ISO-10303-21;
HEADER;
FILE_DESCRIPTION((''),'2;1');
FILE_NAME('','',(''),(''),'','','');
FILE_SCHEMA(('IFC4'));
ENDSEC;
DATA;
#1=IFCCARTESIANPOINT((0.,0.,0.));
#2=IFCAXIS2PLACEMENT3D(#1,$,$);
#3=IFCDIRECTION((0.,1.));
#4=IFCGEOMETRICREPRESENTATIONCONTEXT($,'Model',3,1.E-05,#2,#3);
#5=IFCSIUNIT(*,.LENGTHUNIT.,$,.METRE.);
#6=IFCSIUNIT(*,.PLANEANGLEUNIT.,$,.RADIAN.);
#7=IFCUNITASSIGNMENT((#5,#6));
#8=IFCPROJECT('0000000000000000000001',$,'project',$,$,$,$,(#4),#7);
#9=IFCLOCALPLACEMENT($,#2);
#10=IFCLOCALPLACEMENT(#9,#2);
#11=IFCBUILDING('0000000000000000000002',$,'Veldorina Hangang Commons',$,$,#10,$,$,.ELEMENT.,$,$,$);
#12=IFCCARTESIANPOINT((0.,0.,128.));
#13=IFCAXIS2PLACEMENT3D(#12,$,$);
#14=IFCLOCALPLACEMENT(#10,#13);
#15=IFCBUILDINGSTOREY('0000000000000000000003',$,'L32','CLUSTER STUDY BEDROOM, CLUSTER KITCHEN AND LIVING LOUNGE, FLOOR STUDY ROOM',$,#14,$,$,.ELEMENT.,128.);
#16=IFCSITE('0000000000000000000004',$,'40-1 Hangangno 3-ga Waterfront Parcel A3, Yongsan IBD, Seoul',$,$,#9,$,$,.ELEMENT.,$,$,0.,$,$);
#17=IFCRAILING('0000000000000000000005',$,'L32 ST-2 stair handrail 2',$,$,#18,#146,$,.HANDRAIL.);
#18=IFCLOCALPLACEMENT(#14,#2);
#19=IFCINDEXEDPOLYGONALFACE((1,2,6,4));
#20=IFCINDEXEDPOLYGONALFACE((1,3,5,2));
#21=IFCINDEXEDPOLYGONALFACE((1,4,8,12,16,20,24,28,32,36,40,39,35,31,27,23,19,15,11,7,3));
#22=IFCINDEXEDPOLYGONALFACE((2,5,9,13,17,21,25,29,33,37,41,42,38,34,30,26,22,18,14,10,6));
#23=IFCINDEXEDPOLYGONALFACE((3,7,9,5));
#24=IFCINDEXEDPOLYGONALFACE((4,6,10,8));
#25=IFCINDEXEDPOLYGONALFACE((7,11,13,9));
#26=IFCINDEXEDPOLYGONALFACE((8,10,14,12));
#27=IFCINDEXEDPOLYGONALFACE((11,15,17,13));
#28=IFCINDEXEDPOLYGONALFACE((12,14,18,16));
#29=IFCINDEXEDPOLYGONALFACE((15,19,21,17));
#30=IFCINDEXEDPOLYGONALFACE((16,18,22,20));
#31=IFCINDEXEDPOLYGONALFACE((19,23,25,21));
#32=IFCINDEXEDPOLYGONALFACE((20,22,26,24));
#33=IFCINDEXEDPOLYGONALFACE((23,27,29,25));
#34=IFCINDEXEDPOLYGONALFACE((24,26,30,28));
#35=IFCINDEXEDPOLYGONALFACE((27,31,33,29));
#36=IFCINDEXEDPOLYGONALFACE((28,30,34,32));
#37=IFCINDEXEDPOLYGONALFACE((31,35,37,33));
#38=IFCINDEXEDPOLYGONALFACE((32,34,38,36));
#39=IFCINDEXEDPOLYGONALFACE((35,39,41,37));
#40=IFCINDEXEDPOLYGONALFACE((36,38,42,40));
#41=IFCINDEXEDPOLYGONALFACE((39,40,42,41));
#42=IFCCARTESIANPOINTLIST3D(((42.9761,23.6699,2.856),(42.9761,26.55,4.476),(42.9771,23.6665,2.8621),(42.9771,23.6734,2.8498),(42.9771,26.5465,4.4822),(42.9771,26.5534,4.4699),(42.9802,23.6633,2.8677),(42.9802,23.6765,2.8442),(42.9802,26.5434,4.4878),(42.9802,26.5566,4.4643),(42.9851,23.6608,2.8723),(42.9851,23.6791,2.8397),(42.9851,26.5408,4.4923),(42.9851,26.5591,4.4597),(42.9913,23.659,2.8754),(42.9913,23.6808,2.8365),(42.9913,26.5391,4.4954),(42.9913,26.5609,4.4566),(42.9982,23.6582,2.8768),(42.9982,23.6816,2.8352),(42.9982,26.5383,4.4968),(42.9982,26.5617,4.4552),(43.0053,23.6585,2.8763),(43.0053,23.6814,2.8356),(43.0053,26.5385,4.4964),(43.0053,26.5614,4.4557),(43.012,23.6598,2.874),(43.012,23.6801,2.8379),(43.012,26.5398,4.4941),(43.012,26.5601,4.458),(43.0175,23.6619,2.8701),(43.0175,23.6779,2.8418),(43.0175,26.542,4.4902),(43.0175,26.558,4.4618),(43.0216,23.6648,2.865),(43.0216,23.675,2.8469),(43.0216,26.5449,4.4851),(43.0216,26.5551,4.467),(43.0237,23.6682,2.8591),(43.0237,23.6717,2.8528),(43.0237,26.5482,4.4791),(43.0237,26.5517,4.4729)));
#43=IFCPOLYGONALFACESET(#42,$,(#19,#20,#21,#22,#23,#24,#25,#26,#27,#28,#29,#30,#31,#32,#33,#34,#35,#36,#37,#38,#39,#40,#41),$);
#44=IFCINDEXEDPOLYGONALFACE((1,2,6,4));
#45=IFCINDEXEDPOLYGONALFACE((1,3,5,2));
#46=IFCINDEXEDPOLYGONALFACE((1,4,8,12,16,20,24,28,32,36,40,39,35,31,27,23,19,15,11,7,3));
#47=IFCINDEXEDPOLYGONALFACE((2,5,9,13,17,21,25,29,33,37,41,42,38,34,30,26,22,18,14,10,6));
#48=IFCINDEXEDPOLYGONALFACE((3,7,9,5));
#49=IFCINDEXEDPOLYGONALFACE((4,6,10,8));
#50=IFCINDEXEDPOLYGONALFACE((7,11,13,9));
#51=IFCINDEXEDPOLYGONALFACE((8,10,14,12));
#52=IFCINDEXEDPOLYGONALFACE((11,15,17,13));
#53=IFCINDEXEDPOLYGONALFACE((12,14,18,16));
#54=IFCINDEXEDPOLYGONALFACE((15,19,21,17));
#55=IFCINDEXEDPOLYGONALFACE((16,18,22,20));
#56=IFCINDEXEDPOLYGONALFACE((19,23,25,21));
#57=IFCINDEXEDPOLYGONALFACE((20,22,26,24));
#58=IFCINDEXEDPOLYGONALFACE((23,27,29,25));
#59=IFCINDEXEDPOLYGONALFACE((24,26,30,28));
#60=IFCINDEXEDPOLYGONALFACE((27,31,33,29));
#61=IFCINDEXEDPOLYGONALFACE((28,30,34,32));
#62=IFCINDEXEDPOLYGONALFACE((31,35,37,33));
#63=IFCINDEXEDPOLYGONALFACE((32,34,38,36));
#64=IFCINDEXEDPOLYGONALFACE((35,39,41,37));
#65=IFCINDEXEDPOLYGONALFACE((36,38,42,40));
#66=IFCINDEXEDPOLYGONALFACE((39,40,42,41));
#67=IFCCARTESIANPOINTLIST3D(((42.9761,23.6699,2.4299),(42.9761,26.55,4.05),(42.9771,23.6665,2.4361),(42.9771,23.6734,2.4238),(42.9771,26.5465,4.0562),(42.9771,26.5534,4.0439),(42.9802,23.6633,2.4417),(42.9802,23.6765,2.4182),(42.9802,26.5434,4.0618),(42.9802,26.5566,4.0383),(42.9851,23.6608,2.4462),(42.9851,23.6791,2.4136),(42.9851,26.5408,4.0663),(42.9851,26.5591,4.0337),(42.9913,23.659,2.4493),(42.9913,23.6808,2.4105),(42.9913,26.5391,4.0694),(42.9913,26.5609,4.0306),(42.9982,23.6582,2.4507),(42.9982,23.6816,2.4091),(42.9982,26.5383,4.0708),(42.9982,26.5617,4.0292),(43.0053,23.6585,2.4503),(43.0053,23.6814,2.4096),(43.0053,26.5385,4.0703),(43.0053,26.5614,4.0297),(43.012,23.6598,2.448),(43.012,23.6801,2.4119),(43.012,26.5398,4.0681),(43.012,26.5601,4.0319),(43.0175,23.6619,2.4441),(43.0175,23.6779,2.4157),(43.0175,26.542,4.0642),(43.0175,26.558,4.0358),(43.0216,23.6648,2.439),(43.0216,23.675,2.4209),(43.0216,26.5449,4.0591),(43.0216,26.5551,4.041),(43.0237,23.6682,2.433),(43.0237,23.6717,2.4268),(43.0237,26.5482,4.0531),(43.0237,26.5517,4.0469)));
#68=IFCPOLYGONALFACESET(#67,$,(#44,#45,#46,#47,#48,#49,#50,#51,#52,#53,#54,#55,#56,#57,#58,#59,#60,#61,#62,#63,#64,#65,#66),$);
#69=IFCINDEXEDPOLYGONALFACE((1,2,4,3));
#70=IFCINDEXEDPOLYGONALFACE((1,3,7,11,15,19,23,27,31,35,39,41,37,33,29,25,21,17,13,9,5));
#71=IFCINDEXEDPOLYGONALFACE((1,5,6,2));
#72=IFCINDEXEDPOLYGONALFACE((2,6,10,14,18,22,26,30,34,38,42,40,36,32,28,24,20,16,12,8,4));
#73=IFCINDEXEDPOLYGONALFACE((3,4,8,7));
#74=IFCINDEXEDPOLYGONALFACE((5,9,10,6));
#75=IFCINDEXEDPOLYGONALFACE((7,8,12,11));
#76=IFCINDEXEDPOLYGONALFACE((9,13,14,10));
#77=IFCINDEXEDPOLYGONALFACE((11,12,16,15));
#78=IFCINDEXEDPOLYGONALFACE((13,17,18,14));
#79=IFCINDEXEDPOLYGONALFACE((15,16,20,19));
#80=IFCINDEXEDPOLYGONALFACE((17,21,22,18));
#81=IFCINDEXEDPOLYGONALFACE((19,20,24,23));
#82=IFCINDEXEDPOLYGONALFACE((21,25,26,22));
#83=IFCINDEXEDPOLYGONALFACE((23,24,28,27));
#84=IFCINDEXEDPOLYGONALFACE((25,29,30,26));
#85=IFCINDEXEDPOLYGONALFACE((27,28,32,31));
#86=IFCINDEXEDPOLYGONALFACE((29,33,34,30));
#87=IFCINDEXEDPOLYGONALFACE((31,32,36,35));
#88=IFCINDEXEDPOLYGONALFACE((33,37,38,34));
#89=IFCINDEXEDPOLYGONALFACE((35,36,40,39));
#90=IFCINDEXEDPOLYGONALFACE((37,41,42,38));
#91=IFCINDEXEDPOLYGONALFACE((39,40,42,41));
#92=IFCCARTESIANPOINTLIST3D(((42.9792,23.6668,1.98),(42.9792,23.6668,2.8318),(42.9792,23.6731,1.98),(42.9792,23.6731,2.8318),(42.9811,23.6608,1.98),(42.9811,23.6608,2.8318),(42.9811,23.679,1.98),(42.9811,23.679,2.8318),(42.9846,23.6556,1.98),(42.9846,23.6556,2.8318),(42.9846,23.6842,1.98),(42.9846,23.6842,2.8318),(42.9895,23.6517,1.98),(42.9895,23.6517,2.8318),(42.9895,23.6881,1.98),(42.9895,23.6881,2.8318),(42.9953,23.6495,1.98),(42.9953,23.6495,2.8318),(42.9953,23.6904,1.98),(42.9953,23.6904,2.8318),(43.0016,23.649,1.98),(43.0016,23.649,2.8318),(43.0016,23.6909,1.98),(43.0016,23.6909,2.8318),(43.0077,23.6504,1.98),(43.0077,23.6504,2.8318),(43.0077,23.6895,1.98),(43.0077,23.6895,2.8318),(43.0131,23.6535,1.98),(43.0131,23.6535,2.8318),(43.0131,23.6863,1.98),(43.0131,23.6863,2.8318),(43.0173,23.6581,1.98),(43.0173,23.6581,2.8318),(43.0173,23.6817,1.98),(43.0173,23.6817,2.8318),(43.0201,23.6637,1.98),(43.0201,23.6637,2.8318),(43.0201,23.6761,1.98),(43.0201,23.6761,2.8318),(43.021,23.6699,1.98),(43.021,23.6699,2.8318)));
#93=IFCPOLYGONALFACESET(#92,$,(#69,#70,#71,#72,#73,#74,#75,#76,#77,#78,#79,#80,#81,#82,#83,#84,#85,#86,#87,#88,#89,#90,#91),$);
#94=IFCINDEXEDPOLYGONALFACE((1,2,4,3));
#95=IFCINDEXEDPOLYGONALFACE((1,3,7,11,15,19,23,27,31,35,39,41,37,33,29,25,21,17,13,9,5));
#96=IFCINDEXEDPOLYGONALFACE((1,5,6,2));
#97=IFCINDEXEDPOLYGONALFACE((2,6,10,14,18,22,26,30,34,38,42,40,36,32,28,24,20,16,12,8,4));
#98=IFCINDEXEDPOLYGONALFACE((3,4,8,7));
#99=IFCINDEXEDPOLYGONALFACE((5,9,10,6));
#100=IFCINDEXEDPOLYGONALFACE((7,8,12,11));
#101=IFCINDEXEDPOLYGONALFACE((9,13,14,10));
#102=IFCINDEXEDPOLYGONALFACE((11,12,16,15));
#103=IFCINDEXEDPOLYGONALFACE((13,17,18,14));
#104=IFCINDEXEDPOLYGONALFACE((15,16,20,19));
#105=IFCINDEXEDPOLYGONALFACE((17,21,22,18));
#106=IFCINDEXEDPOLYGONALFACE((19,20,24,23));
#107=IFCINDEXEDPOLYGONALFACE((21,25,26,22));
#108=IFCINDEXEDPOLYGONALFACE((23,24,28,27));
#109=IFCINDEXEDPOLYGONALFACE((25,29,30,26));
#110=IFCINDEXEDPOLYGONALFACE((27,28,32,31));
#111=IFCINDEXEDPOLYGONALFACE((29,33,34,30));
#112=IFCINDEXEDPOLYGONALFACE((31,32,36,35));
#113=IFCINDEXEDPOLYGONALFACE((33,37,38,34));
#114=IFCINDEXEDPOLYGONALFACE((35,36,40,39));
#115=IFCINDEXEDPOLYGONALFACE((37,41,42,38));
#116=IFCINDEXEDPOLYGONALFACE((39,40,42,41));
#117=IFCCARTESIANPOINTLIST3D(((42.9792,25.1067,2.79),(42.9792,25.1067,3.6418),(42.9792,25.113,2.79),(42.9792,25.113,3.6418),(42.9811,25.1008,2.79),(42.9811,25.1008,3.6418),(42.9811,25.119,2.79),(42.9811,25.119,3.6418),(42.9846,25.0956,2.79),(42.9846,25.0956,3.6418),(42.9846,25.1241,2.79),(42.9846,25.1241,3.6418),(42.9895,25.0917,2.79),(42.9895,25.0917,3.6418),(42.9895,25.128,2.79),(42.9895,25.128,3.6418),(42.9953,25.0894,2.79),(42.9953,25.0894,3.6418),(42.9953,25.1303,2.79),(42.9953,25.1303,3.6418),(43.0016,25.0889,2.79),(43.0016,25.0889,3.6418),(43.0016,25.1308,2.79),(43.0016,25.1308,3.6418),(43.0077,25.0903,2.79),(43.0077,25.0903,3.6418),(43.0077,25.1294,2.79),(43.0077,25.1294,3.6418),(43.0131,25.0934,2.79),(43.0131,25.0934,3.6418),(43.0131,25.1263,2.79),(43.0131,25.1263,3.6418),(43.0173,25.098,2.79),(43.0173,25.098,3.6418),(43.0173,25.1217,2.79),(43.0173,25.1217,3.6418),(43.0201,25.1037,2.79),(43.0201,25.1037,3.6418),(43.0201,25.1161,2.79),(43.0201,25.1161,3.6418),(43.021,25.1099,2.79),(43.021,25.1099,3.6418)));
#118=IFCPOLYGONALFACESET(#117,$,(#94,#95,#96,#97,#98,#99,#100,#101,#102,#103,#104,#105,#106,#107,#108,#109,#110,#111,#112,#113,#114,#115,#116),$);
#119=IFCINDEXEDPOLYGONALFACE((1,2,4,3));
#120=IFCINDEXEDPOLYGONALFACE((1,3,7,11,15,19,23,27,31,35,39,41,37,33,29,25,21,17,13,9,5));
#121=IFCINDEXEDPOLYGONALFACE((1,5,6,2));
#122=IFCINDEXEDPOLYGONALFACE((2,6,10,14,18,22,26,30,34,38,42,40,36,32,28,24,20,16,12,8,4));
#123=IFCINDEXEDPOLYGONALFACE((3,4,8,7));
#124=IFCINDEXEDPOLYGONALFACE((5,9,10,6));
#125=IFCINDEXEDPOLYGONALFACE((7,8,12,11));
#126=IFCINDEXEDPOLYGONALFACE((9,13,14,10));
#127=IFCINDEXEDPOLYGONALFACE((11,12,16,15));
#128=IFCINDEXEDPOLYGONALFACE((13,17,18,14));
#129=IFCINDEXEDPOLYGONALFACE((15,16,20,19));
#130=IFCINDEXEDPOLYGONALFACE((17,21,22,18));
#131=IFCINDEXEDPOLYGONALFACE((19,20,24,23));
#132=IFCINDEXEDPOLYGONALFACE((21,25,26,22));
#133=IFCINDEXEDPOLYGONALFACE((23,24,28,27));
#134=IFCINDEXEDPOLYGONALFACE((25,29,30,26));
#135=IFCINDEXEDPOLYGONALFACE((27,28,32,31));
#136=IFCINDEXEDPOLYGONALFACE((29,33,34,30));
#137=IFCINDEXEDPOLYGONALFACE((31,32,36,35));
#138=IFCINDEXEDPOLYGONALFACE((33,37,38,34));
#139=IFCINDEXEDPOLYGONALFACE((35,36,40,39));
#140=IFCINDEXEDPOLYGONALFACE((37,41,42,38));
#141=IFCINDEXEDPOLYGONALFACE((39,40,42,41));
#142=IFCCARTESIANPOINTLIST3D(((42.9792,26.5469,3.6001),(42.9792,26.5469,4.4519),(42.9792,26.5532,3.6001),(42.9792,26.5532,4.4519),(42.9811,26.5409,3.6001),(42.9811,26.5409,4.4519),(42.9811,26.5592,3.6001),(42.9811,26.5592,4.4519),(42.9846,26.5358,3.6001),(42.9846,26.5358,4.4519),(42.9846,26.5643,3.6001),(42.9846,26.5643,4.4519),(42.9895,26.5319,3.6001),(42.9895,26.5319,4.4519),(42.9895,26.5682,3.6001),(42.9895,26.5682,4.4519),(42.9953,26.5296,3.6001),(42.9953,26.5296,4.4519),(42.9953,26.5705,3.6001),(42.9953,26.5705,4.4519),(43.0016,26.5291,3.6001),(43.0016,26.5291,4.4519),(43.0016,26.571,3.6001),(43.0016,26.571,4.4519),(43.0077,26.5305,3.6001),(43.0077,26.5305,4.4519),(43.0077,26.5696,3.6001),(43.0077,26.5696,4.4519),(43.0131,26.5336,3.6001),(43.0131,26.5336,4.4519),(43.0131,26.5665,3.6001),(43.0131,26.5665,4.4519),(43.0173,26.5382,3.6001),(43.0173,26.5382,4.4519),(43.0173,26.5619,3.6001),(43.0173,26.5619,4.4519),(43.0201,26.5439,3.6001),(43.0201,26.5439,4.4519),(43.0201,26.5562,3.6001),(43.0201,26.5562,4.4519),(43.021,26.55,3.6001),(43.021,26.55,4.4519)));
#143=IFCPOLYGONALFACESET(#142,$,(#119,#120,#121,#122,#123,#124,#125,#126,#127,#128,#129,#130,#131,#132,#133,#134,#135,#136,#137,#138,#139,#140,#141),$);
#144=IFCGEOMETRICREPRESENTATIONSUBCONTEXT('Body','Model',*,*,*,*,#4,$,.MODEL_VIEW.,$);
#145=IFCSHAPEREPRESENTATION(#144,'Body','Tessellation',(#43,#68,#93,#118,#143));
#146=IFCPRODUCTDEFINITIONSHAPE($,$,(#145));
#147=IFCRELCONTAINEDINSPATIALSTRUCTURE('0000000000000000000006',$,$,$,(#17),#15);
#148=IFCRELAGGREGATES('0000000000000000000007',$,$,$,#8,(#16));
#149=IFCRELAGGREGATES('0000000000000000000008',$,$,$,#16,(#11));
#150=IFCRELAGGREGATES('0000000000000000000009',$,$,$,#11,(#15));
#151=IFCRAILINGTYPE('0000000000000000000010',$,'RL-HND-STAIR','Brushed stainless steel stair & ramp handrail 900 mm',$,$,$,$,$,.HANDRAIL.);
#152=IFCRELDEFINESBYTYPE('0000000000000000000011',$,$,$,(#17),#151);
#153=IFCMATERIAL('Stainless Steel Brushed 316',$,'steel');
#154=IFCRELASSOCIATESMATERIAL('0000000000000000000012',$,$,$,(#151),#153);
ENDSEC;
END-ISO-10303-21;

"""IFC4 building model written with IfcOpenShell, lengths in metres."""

from ifc_helpers import new_model, si_unit, direction, frame, origin, origin_2d, place, context, subcontext, project, spatial, circle, extrude, material, type_object, element, save


model = new_model("IFC4")

# Units and contexts
model_context = context("Model", 3, precision=1e-05, world=origin(), true_north=direction((0.0, 1.0)))
body_context = subcontext(model_context, "Body", "Model", "MODEL_VIEW")
ifc_project = project(units=[si_unit("LENGTHUNIT", "METRE"), si_unit("PLANEANGLEUNIT", "RADIAN")], contexts=[model_context])

# Site, building, storey
site_placement = place(None, origin())
site = spatial("IfcSite", under=ifc_project, at=site_placement, Name="40-1 Hangangno 3-ga Waterfront Parcel A3, Yongsan IBD, Seoul", CompositionType="ELEMENT", RefElevation=0.0)
building_placement = place(site_placement, origin())
building = spatial("IfcBuilding", under=site, at=building_placement, Name="Veldorina Hangang Commons", CompositionType="ELEMENT")
storey_placement = place(building_placement, frame((0.0, 0.0, 128.0)))
storey = spatial("IfcBuildingStorey", under=building, at=storey_placement, Name="L32", Description="CLUSTER STUDY BEDROOM, CLUSTER KITCHEN AND LIVING LOUNGE, FLOOR STUDY ROOM", CompositionType="ELEMENT", Elevation=128.0)

# Railing
ifc_material_1 = material(Name="Stainless Steel Brushed 316", Category="steel")
railing_type_1 = type_object("IfcRailingType", Name="RL-HND-STAIR", Description="Brushed stainless steel stair & ramp handrail 900 mm", PredefinedType="HANDRAIL", material=ifc_material_1)
railing_1_placement = place(storey_placement, frame((43.0, 23.6699, 1.98)))
element("IfcRailing", 1, at=railing_1_placement, inside=storey, type_object=railing_type_1, Name="L32 ST-2 stair handrail 2", PredefinedType="HANDRAIL", context=body_context, shape_type="SweptSolid", body=[
    extrude(circle(Radius=0.0239, at=origin_2d()), frame((0.0, 0.0, 0.876), z_axis=(0.0, 0.87157, 0.490272), x_axis=(-1.0, 0.0, 0.0)), (0.0, 0.0, 1.0), 3.3044),
    extrude(circle(Radius=0.0239, at=origin_2d()), frame((0.0, 0.0, 0.45), z_axis=(0.0, 0.87157, 0.490272), x_axis=(-1.0, 0.0, 0.0)), (0.0, 0.0, 1.0), 3.3044),
    extrude(circle(Radius=0.021, at=origin_2d()), origin(), (0.0, 0.0, 1.0), 0.8518),
    extrude(circle(Radius=0.021, at=origin_2d()), frame((0.0, 1.4399, 0.8101)), (0.0, 0.0, 1.0), 0.8518),
    extrude(circle(Radius=0.021, at=origin_2d()), frame((0.0, 2.8801, 1.6201)), (0.0, 0.0, 1.0), 0.8518),
])

save(model, "model.ifc")
